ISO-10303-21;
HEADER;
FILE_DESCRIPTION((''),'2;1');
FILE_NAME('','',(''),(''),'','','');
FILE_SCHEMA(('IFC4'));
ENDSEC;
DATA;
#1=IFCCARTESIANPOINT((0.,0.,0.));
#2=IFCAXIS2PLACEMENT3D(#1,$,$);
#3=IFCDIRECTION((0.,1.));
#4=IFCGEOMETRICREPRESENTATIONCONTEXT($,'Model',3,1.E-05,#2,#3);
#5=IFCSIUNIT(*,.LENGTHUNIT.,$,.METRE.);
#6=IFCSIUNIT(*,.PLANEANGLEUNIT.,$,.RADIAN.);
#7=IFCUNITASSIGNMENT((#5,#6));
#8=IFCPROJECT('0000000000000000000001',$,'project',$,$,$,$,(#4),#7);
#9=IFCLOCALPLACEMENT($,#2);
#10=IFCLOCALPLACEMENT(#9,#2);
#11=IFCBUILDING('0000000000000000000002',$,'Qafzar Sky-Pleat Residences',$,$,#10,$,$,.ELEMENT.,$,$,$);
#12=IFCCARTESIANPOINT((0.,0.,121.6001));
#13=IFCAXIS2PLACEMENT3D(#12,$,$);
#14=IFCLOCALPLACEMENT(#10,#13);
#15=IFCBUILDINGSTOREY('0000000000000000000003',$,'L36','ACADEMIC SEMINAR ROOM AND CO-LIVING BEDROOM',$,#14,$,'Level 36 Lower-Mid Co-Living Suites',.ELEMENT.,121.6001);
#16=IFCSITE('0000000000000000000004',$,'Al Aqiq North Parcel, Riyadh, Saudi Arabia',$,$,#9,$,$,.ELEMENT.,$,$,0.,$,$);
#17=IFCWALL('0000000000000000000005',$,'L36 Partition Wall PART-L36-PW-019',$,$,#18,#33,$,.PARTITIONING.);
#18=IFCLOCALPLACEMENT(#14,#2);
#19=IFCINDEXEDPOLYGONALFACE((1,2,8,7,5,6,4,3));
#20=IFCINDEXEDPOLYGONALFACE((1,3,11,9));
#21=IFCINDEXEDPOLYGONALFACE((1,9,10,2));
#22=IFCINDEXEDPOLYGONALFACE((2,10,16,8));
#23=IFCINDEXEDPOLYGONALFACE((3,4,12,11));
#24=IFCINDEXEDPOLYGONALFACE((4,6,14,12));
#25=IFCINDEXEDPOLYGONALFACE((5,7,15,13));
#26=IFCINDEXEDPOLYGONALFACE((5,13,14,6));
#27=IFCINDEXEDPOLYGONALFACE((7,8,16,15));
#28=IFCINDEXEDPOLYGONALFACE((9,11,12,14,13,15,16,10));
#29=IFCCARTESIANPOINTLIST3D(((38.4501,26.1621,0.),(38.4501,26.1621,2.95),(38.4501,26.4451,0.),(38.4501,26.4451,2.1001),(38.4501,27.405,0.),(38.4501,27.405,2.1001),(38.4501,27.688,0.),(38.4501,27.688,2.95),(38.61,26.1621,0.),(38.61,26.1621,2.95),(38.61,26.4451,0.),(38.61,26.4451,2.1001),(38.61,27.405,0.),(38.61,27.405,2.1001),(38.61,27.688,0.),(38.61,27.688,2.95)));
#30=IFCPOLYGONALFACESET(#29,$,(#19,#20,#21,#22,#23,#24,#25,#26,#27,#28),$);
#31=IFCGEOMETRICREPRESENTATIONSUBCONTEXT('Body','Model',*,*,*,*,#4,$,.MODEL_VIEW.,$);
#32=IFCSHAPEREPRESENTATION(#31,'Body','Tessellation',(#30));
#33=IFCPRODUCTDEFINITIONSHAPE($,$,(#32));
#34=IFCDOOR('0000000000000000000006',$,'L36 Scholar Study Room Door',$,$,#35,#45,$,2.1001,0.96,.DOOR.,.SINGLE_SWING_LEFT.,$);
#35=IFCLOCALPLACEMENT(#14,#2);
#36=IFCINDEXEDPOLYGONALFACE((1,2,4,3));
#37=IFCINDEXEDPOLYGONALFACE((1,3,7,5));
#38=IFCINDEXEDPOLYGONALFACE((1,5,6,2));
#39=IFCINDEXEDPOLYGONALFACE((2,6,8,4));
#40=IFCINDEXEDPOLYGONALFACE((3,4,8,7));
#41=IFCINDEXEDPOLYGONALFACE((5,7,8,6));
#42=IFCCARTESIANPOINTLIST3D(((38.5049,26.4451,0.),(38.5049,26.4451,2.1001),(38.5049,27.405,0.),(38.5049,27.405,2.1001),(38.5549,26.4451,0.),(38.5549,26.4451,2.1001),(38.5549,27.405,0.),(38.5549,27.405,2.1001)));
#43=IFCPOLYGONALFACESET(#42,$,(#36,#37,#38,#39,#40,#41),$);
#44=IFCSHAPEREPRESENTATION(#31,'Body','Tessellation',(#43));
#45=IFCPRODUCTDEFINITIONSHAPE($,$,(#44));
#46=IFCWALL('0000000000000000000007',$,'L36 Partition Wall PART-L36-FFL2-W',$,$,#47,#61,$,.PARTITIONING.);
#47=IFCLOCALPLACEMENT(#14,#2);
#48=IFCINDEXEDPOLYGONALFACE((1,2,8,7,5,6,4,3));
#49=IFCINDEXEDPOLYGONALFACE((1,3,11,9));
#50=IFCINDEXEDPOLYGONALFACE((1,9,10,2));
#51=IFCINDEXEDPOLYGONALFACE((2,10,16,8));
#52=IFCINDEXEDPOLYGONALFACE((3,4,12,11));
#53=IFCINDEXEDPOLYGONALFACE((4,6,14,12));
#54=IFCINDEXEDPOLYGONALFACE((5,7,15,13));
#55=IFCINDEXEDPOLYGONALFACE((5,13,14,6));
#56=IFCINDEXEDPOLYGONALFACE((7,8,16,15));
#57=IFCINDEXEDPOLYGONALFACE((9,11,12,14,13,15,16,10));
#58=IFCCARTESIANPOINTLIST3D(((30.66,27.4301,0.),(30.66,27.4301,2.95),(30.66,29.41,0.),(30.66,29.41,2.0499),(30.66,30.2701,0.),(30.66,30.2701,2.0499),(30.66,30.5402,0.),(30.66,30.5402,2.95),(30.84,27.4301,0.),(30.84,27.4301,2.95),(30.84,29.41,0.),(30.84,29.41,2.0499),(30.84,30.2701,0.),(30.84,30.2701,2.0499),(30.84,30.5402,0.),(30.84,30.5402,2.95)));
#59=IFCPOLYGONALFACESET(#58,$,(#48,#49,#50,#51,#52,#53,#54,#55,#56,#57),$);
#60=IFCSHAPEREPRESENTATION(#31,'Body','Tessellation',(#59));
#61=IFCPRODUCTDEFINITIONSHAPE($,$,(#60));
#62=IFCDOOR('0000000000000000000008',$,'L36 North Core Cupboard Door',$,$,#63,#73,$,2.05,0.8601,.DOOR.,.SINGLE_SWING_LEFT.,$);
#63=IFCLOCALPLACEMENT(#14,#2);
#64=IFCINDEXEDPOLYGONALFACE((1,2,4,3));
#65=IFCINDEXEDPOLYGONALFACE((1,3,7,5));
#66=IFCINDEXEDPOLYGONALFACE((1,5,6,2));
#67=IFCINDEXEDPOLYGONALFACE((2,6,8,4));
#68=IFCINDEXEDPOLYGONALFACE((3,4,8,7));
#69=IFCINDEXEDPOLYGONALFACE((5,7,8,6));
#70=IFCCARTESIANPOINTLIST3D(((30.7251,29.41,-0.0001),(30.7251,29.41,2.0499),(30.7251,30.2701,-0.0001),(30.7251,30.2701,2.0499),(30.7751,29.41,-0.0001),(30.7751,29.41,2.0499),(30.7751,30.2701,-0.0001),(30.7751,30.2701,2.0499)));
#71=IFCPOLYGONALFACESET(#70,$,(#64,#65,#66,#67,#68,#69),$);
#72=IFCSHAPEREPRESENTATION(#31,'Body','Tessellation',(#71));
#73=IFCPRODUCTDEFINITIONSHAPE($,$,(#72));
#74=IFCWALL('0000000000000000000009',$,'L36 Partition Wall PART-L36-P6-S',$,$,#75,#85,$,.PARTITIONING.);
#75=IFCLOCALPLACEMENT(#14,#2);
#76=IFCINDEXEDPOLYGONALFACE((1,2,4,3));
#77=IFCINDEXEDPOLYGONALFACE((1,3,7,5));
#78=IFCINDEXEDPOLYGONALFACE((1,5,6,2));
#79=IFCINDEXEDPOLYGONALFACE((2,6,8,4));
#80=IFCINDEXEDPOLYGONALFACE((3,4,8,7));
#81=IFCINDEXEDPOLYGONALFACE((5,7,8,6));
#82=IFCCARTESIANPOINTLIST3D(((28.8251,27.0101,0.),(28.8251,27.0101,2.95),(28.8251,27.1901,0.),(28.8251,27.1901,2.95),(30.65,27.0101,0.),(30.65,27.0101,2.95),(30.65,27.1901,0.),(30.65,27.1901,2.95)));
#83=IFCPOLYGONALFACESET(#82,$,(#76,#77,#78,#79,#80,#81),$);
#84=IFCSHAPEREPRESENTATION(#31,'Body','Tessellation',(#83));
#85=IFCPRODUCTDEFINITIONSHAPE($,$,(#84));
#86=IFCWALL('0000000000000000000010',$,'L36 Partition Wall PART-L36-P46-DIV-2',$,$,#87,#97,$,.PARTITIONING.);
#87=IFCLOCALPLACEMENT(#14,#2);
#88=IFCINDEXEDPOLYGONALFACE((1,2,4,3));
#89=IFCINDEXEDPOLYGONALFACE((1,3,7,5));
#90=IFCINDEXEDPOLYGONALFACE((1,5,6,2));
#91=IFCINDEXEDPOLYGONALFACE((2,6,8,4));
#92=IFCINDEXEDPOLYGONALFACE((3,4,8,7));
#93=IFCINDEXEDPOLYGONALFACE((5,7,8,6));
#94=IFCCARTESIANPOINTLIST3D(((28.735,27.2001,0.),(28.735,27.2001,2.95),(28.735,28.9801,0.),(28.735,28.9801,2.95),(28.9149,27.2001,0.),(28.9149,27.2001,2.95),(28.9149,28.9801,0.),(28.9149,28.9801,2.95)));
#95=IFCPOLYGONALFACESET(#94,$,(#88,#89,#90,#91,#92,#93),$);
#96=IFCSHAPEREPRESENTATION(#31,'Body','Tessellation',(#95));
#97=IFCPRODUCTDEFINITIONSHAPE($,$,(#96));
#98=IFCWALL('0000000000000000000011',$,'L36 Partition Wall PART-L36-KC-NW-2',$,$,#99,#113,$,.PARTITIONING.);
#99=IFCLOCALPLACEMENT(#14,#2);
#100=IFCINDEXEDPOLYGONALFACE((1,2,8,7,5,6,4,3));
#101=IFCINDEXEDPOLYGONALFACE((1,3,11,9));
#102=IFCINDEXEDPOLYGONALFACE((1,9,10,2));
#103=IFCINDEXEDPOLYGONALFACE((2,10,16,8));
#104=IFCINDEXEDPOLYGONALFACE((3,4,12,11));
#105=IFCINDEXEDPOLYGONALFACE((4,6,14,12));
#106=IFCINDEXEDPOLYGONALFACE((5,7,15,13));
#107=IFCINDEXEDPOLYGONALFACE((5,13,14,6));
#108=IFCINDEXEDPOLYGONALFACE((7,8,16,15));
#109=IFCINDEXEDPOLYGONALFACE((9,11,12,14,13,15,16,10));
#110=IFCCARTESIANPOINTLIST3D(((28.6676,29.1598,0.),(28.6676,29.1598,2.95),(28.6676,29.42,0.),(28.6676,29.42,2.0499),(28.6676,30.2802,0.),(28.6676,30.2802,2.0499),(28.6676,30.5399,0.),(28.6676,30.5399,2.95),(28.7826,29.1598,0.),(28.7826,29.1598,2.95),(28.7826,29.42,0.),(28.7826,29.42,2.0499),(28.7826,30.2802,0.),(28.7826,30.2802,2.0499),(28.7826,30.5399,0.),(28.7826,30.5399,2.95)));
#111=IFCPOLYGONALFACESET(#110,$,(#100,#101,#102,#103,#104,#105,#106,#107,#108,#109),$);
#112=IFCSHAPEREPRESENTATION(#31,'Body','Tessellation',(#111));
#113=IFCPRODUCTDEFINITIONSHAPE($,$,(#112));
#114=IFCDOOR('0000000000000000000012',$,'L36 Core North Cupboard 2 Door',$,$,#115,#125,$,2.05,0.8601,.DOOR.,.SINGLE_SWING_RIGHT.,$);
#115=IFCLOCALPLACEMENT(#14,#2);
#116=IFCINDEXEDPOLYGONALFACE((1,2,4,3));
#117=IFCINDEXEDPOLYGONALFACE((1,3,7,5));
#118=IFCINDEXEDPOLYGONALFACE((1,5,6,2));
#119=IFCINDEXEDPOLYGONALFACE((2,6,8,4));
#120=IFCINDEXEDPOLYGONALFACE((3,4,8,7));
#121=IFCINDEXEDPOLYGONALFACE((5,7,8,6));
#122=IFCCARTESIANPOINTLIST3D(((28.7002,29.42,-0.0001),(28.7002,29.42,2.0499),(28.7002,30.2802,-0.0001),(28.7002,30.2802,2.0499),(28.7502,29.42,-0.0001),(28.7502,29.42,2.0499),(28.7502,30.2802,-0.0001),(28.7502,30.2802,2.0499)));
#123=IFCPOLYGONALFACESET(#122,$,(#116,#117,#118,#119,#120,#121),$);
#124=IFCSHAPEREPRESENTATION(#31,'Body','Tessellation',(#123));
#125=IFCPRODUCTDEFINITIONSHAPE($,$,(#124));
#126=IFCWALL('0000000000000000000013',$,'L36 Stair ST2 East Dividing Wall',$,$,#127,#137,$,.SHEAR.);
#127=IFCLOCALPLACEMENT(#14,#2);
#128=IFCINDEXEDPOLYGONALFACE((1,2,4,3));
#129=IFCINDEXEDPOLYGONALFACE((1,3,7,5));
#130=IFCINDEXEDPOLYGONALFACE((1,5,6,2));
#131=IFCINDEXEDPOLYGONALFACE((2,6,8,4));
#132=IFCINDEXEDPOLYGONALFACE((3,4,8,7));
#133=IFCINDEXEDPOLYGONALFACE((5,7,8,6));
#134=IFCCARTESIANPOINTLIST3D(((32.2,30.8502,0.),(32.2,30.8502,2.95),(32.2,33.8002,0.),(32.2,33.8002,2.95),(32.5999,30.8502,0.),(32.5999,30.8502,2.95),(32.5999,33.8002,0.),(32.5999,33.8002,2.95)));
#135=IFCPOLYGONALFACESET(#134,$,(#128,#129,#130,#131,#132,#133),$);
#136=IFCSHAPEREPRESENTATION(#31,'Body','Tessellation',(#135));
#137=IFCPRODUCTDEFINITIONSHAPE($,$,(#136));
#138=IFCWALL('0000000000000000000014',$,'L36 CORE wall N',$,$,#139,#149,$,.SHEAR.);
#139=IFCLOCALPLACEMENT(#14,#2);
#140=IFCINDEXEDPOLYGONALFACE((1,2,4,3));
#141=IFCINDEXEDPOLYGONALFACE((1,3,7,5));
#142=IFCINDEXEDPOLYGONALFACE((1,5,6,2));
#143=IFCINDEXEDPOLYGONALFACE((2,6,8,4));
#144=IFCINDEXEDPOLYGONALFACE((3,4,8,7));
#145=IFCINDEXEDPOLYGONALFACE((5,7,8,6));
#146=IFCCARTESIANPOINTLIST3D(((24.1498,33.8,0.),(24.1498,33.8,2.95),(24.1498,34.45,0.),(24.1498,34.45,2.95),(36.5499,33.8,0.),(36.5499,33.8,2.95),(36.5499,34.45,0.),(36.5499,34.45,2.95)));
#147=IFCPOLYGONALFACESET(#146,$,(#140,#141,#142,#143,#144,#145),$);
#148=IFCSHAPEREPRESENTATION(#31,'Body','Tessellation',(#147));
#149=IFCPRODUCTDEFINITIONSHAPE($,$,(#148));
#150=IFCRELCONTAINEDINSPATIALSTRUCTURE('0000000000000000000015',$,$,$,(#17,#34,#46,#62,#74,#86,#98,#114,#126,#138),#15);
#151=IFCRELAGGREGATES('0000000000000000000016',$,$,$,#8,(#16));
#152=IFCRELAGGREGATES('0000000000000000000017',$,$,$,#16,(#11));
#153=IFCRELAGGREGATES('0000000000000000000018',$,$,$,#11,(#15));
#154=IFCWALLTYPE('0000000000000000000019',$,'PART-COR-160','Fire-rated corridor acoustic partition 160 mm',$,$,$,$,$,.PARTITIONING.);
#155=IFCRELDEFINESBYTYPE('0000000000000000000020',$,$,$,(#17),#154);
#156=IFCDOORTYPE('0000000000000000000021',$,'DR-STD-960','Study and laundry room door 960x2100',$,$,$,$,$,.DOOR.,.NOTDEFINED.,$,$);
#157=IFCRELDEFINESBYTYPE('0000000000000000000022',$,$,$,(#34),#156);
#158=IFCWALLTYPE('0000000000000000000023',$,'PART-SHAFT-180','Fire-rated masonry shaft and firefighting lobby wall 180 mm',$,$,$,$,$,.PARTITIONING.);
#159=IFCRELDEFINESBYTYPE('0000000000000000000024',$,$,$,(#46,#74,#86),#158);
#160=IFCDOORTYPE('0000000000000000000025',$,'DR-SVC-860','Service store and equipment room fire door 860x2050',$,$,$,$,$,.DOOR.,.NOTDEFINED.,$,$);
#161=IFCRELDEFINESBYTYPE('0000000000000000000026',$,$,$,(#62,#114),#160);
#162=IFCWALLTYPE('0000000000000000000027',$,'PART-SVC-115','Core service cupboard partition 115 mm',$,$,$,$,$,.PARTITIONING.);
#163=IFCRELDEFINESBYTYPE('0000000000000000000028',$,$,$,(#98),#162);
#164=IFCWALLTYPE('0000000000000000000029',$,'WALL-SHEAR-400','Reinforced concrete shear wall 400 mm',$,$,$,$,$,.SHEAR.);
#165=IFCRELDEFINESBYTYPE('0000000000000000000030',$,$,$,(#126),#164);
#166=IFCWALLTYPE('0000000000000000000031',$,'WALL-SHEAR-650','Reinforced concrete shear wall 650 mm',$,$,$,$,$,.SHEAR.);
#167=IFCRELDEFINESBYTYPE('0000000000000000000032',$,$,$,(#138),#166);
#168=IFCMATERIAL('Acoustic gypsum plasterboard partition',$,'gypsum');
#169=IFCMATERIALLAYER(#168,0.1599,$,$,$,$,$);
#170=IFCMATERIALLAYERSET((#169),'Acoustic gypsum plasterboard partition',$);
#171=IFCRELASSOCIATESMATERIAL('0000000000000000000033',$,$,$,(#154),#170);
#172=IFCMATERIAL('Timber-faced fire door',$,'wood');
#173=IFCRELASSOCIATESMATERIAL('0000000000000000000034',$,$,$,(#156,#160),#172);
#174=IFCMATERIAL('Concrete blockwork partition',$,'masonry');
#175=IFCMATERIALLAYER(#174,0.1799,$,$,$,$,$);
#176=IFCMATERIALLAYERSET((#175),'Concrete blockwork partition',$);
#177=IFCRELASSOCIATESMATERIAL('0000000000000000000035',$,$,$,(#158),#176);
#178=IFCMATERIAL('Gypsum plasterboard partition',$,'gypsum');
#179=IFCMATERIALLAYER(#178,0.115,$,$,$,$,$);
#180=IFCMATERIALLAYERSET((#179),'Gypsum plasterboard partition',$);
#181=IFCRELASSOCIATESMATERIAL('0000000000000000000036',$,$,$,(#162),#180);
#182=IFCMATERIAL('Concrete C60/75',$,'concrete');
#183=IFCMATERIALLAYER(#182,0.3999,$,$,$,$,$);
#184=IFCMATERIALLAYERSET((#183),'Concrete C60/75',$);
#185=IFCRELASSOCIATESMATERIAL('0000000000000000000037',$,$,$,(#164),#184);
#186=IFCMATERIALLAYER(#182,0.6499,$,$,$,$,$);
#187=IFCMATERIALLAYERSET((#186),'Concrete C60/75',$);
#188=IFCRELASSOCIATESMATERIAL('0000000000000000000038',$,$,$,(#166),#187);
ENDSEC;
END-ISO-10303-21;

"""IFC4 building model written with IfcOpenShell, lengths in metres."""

from ifc_helpers import new_model, si_unit, direction, frame, frame_2d, origin, place, context, subcontext, project, spatial, rectangle, extrude, source, transform, mapped, material, layer, layer_set, type_object, element, fill, save


model = new_model("IFC4")

# Units and contexts
model_context = context("Model", 3, precision=1e-05, world=origin(), true_north=direction((0.0, 1.0)))
body_context = subcontext(model_context, "Body", "Model", "MODEL_VIEW")
ifc_project = project(units=[si_unit("LENGTHUNIT", "METRE"), si_unit("PLANEANGLEUNIT", "RADIAN")], contexts=[model_context])

# Site, building, storey
site_placement = place(None, origin())
site = spatial("IfcSite", under=ifc_project, at=site_placement, Name="Al Aqiq North Parcel, Riyadh, Saudi Arabia", CompositionType="ELEMENT", RefElevation=0.0)
building_placement = place(site_placement, origin())
building = spatial("IfcBuilding", under=site, at=building_placement, Name="Qafzar Sky-Pleat Residences", CompositionType="ELEMENT")
storey_placement = place(building_placement, frame((0.0, 0.0, 121.6001)))
storey = spatial("IfcBuildingStorey", under=building, at=storey_placement, Name="L36", Description="ACADEMIC SEMINAR ROOM AND CO-LIVING BEDROOM", LongName="Level 36 Lower-Mid Co-Living Suites", CompositionType="ELEMENT", Elevation=121.6001)

# Walls, openings, doors
ifc_material_1 = material(Name="Acoustic gypsum plasterboard partition", Category="gypsum")
ifc_layer_1 = layer(ifc_material_1, 0.1599)
ifc_layer_set_1 = layer_set([ifc_layer_1], Name="Acoustic gypsum plasterboard partition")
wall_type_1 = type_object("IfcWallType", Name="PART-COR-160", Description="Fire-rated corridor acoustic partition 160 mm", PredefinedType="PARTITIONING", material=ifc_layer_set_1)
ifc_material_2 = material(Name="Timber-faced fire door", Category="wood")
door_type_1 = type_object("IfcDoorType", Name="DR-STD-960", Description="Study and laundry room door 960x2100", OperationType="NOTDEFINED", PredefinedType="DOOR", material=ifc_material_2)
shared_shape_1 = source(origin(), body_context, "Body", "SweptSolid", [
    extrude(rectangle(XDim=0.96, YDim=2.1001, at=frame_2d((0.48, 1.05))), frame((0.0, 0.0249, 0.0), z_axis=(0.0, -1.0, 0.0), x_axis=(1.0, 0.0, 0.0)), (0.0, 0.0, 1.0), 0.05),
])
wall_1_placement = place(storey_placement, frame((38.53, 27.688, 0.0), z_axis=(0.0, 0.0, 1.0), x_axis=(0.0, -1.0, 0.0)))
wall_1 = element("IfcWall", 1, at=wall_1_placement, inside=storey, type_object=wall_type_1, Name="L36 Partition Wall PART-L36-PW-019", PredefinedType="PARTITIONING", context=body_context, shape_type="SweptSolid", body=[
    extrude(rectangle(XDim=1.5259, YDim=0.1599, at=frame_2d((0.7629, 0.0))), origin(), (0.0, 0.0, 1.0), 2.95),
])
opening_1_placement = place(wall_1_placement, frame((0.283, 0.0, 0.0)))
opening_1 = element("IfcOpeningElement", 2, at=opening_1_placement, cuts=wall_1, PredefinedType="OPENING", context=body_context, shape_type="SweptSolid", body=[
    extrude(rectangle(XDim=0.96, YDim=2.1001, at=frame_2d((0.48, 1.05))), frame((0.0, 0.0898, 0.0), z_axis=(0.0, -1.0, 0.0), x_axis=(1.0, 0.0, 0.0)), (0.0, 0.0, 1.0), 0.1799),
])
door_1_placement = place(opening_1_placement, origin())
door_1 = element("IfcDoor", 3, at=door_1_placement, inside=storey, type_object=door_type_1, Name="L36 Scholar Study Room Door", OperationType="SINGLE_SWING_LEFT", OverallHeight=2.1001, OverallWidth=0.96, PredefinedType="DOOR", context=body_context, shape_type="MappedRepresentation", body=[
    mapped(shared_shape_1, transform((0.0, 0.0, 0.0), x_axis=(1.0, 0.0, 0.0), y_axis=(0.0, 1.0, 0.0), z_axis=(0.0, 0.0, 1.0), scale=1.0)),
])
fill(opening_1, door_1)
ifc_material_3 = material(Name="Concrete blockwork partition", Category="masonry")
ifc_layer_2 = layer(ifc_material_3, 0.1799)
ifc_layer_set_2 = layer_set([ifc_layer_2], Name="Concrete blockwork partition")
wall_type_2 = type_object("IfcWallType", Name="PART-SHAFT-180", Description="Fire-rated masonry shaft and firefighting lobby wall 180 mm", PredefinedType="PARTITIONING", material=ifc_layer_set_2)
wall_2_placement = place(storey_placement, frame((30.75, 27.4299, 0.0), z_axis=(0.0, 0.0, 1.0), x_axis=(0.0, 1.0, 0.0)))
wall_2 = element("IfcWall", 4, at=wall_2_placement, inside=storey, type_object=wall_type_2, Name="L36 Partition Wall PART-L36-FFL2-W", PredefinedType="PARTITIONING", context=body_context, shape_type="SweptSolid", body=[
    extrude(rectangle(XDim=3.1101, YDim=0.1799, at=frame_2d((1.5552, 0.0))), origin(), (0.0, 0.0, 1.0), 2.95),
])
opening_2_placement = place(wall_2_placement, frame((1.98, 0.0, 0.0)))
opening_2 = element("IfcOpeningElement", 5, at=opening_2_placement, cuts=wall_2, PredefinedType="OPENING", context=body_context, shape_type="SweptSolid", body=[
    extrude(rectangle(XDim=0.8601, YDim=2.05, at=frame_2d((0.4302, 1.0249))), frame((0.0, 0.1001, 0.0), z_axis=(0.0, -1.0, 0.0), x_axis=(1.0, 0.0, 0.0)), (0.0, 0.0, 1.0), 0.2),
])
door_type_2 = type_object("IfcDoorType", Name="DR-SVC-860", Description="Service store and equipment room fire door 860x2050", OperationType="NOTDEFINED", PredefinedType="DOOR", material=ifc_material_2)
shared_shape_2 = source(origin(), body_context, "Body", "SweptSolid", [
    extrude(rectangle(XDim=0.8601, YDim=2.05, at=frame_2d((0.4302, 1.0249))), frame((0.0, 0.0249, 0.0), z_axis=(0.0, -1.0, 0.0), x_axis=(1.0, 0.0, 0.0)), (0.0, 0.0, 1.0), 0.05),
])
door_2_placement = place(opening_2_placement, origin())
door_2 = element("IfcDoor", 6, at=door_2_placement, inside=storey, type_object=door_type_2, Name="L36 North Core Cupboard Door", OperationType="SINGLE_SWING_LEFT", OverallHeight=2.05, OverallWidth=0.8601, PredefinedType="DOOR", context=body_context, shape_type="MappedRepresentation", body=[
    mapped(shared_shape_2, transform((0.0, 0.0, 0.0), x_axis=(1.0, 0.0, 0.0), y_axis=(0.0, 1.0, 0.0), z_axis=(0.0, 0.0, 1.0), scale=1.0)),
])
fill(opening_2, door_2)

# Walls
wall_3_placement = place(storey_placement, frame((28.825, 27.1001, 0.0), z_axis=(0.0, 0.0, 1.0), x_axis=(1.0, 0.0, 0.0)))
element("IfcWall", 7, at=wall_3_placement, inside=storey, type_object=wall_type_2, Name="L36 Partition Wall PART-L36-P6-S", PredefinedType="PARTITIONING", context=body_context, shape_type="SweptSolid", body=[
    extrude(rectangle(XDim=1.825, YDim=0.1799, at=frame_2d((0.9126, 0.0))), origin(), (0.0, 0.0, 1.0), 2.95),
])
wall_4_placement = place(storey_placement, frame((28.825, 27.2, 0.0), z_axis=(0.0, 0.0, 1.0), x_axis=(0.0, 1.0, 0.0)))
element("IfcWall", 8, at=wall_4_placement, inside=storey, type_object=wall_type_2, Name="L36 Partition Wall PART-L36-P46-DIV-2", PredefinedType="PARTITIONING", context=body_context, shape_type="SweptSolid", body=[
    extrude(rectangle(XDim=1.78, YDim=0.1799, at=frame_2d((0.8901, 0.0))), origin(), (0.0, 0.0, 1.0), 2.95),
])

# Wall, opening, door
ifc_material_4 = material(Name="Gypsum plasterboard partition", Category="gypsum")
ifc_layer_3 = layer(ifc_material_4, 0.115)
ifc_layer_set_3 = layer_set([ifc_layer_3], Name="Gypsum plasterboard partition")
wall_type_3 = type_object("IfcWallType", Name="PART-SVC-115", Description="Core service cupboard partition 115 mm", PredefinedType="PARTITIONING", material=ifc_layer_set_3)
wall_5_placement = place(storey_placement, frame((28.7251, 29.1599, 0.0), z_axis=(0.0, 0.0, 1.0), x_axis=(0.0, 1.0, 0.0)))
wall_5 = element("IfcWall", 9, at=wall_5_placement, inside=storey, type_object=wall_type_3, Name="L36 Partition Wall PART-L36-KC-NW-2", PredefinedType="PARTITIONING", context=body_context, shape_type="SweptSolid", body=[
    extrude(rectangle(XDim=1.3801, YDim=0.115, at=frame_2d((0.6899, 0.0))), origin(), (0.0, 0.0, 1.0), 2.95),
])
opening_3_placement = place(wall_5_placement, frame((0.26, 0.0, 0.0)))
opening_3 = element("IfcOpeningElement", 10, at=opening_3_placement, cuts=wall_5, PredefinedType="OPENING", context=body_context, shape_type="SweptSolid", body=[
    extrude(rectangle(XDim=0.8601, YDim=2.05, at=frame_2d((0.4302, 1.0249))), frame((0.0, 0.0674, 0.0), z_axis=(0.0, -1.0, 0.0), x_axis=(1.0, 0.0, 0.0)), (0.0, 0.0, 1.0), 0.135),
])
door_3_placement = place(opening_3_placement, origin())
door_3 = element("IfcDoor", 11, at=door_3_placement, inside=storey, type_object=door_type_2, Name="L36 Core North Cupboard 2 Door", OperationType="SINGLE_SWING_RIGHT", OverallHeight=2.05, OverallWidth=0.8601, PredefinedType="DOOR", context=body_context, shape_type="MappedRepresentation", body=[
    mapped(shared_shape_2, transform((0.0, 0.0, 0.0), x_axis=(1.0, 0.0, 0.0), y_axis=(0.0, 1.0, 0.0), z_axis=(0.0, 0.0, 1.0), scale=1.0)),
])
fill(opening_3, door_3)

# Walls
ifc_material_5 = material(Name="Concrete C60/75", Category="concrete")
ifc_layer_4 = layer(ifc_material_5, 0.3999)
ifc_layer_set_4 = layer_set([ifc_layer_4], Name="Concrete C60/75")
wall_type_4 = type_object("IfcWallType", Name="WALL-SHEAR-400", Description="Reinforced concrete shear wall 400 mm", PredefinedType="SHEAR", material=ifc_layer_set_4)
wall_6_placement = place(storey_placement, frame((32.3999, 30.8501, 0.0), z_axis=(0.0, 0.0, 1.0), x_axis=(0.0, 1.0, 0.0)))
element("IfcWall", 12, at=wall_6_placement, inside=storey, type_object=wall_type_4, Name="L36 Stair ST2 East Dividing Wall", PredefinedType="SHEAR", context=body_context, shape_type="SweptSolid", body=[
    extrude(rectangle(XDim=2.95, YDim=0.3999, at=frame_2d((1.4751, 0.0))), origin(), (0.0, 0.0, 1.0), 2.95),
])
ifc_layer_5 = layer(ifc_material_5, 0.6499)
ifc_layer_set_5 = layer_set([ifc_layer_5], Name="Concrete C60/75")
wall_type_5 = type_object("IfcWallType", Name="WALL-SHEAR-650", Description="Reinforced concrete shear wall 650 mm", PredefinedType="SHEAR", material=ifc_layer_set_5)
wall_7_placement = place(storey_placement, frame((36.55, 34.125, 0.0), z_axis=(0.0, 0.0, 1.0), x_axis=(-1.0, 0.0, 0.0)))
element("IfcWall", 13, at=wall_7_placement, inside=storey, type_object=wall_type_5, Name="L36 CORE wall N", PredefinedType="SHEAR", context=body_context, shape_type="SweptSolid", body=[
    extrude(rectangle(XDim=12.4001, YDim=0.6499, at=frame_2d((6.2002, 0.0))), origin(), (0.0, 0.0, 1.0), 2.95),
])

save(model, "model.ifc")
